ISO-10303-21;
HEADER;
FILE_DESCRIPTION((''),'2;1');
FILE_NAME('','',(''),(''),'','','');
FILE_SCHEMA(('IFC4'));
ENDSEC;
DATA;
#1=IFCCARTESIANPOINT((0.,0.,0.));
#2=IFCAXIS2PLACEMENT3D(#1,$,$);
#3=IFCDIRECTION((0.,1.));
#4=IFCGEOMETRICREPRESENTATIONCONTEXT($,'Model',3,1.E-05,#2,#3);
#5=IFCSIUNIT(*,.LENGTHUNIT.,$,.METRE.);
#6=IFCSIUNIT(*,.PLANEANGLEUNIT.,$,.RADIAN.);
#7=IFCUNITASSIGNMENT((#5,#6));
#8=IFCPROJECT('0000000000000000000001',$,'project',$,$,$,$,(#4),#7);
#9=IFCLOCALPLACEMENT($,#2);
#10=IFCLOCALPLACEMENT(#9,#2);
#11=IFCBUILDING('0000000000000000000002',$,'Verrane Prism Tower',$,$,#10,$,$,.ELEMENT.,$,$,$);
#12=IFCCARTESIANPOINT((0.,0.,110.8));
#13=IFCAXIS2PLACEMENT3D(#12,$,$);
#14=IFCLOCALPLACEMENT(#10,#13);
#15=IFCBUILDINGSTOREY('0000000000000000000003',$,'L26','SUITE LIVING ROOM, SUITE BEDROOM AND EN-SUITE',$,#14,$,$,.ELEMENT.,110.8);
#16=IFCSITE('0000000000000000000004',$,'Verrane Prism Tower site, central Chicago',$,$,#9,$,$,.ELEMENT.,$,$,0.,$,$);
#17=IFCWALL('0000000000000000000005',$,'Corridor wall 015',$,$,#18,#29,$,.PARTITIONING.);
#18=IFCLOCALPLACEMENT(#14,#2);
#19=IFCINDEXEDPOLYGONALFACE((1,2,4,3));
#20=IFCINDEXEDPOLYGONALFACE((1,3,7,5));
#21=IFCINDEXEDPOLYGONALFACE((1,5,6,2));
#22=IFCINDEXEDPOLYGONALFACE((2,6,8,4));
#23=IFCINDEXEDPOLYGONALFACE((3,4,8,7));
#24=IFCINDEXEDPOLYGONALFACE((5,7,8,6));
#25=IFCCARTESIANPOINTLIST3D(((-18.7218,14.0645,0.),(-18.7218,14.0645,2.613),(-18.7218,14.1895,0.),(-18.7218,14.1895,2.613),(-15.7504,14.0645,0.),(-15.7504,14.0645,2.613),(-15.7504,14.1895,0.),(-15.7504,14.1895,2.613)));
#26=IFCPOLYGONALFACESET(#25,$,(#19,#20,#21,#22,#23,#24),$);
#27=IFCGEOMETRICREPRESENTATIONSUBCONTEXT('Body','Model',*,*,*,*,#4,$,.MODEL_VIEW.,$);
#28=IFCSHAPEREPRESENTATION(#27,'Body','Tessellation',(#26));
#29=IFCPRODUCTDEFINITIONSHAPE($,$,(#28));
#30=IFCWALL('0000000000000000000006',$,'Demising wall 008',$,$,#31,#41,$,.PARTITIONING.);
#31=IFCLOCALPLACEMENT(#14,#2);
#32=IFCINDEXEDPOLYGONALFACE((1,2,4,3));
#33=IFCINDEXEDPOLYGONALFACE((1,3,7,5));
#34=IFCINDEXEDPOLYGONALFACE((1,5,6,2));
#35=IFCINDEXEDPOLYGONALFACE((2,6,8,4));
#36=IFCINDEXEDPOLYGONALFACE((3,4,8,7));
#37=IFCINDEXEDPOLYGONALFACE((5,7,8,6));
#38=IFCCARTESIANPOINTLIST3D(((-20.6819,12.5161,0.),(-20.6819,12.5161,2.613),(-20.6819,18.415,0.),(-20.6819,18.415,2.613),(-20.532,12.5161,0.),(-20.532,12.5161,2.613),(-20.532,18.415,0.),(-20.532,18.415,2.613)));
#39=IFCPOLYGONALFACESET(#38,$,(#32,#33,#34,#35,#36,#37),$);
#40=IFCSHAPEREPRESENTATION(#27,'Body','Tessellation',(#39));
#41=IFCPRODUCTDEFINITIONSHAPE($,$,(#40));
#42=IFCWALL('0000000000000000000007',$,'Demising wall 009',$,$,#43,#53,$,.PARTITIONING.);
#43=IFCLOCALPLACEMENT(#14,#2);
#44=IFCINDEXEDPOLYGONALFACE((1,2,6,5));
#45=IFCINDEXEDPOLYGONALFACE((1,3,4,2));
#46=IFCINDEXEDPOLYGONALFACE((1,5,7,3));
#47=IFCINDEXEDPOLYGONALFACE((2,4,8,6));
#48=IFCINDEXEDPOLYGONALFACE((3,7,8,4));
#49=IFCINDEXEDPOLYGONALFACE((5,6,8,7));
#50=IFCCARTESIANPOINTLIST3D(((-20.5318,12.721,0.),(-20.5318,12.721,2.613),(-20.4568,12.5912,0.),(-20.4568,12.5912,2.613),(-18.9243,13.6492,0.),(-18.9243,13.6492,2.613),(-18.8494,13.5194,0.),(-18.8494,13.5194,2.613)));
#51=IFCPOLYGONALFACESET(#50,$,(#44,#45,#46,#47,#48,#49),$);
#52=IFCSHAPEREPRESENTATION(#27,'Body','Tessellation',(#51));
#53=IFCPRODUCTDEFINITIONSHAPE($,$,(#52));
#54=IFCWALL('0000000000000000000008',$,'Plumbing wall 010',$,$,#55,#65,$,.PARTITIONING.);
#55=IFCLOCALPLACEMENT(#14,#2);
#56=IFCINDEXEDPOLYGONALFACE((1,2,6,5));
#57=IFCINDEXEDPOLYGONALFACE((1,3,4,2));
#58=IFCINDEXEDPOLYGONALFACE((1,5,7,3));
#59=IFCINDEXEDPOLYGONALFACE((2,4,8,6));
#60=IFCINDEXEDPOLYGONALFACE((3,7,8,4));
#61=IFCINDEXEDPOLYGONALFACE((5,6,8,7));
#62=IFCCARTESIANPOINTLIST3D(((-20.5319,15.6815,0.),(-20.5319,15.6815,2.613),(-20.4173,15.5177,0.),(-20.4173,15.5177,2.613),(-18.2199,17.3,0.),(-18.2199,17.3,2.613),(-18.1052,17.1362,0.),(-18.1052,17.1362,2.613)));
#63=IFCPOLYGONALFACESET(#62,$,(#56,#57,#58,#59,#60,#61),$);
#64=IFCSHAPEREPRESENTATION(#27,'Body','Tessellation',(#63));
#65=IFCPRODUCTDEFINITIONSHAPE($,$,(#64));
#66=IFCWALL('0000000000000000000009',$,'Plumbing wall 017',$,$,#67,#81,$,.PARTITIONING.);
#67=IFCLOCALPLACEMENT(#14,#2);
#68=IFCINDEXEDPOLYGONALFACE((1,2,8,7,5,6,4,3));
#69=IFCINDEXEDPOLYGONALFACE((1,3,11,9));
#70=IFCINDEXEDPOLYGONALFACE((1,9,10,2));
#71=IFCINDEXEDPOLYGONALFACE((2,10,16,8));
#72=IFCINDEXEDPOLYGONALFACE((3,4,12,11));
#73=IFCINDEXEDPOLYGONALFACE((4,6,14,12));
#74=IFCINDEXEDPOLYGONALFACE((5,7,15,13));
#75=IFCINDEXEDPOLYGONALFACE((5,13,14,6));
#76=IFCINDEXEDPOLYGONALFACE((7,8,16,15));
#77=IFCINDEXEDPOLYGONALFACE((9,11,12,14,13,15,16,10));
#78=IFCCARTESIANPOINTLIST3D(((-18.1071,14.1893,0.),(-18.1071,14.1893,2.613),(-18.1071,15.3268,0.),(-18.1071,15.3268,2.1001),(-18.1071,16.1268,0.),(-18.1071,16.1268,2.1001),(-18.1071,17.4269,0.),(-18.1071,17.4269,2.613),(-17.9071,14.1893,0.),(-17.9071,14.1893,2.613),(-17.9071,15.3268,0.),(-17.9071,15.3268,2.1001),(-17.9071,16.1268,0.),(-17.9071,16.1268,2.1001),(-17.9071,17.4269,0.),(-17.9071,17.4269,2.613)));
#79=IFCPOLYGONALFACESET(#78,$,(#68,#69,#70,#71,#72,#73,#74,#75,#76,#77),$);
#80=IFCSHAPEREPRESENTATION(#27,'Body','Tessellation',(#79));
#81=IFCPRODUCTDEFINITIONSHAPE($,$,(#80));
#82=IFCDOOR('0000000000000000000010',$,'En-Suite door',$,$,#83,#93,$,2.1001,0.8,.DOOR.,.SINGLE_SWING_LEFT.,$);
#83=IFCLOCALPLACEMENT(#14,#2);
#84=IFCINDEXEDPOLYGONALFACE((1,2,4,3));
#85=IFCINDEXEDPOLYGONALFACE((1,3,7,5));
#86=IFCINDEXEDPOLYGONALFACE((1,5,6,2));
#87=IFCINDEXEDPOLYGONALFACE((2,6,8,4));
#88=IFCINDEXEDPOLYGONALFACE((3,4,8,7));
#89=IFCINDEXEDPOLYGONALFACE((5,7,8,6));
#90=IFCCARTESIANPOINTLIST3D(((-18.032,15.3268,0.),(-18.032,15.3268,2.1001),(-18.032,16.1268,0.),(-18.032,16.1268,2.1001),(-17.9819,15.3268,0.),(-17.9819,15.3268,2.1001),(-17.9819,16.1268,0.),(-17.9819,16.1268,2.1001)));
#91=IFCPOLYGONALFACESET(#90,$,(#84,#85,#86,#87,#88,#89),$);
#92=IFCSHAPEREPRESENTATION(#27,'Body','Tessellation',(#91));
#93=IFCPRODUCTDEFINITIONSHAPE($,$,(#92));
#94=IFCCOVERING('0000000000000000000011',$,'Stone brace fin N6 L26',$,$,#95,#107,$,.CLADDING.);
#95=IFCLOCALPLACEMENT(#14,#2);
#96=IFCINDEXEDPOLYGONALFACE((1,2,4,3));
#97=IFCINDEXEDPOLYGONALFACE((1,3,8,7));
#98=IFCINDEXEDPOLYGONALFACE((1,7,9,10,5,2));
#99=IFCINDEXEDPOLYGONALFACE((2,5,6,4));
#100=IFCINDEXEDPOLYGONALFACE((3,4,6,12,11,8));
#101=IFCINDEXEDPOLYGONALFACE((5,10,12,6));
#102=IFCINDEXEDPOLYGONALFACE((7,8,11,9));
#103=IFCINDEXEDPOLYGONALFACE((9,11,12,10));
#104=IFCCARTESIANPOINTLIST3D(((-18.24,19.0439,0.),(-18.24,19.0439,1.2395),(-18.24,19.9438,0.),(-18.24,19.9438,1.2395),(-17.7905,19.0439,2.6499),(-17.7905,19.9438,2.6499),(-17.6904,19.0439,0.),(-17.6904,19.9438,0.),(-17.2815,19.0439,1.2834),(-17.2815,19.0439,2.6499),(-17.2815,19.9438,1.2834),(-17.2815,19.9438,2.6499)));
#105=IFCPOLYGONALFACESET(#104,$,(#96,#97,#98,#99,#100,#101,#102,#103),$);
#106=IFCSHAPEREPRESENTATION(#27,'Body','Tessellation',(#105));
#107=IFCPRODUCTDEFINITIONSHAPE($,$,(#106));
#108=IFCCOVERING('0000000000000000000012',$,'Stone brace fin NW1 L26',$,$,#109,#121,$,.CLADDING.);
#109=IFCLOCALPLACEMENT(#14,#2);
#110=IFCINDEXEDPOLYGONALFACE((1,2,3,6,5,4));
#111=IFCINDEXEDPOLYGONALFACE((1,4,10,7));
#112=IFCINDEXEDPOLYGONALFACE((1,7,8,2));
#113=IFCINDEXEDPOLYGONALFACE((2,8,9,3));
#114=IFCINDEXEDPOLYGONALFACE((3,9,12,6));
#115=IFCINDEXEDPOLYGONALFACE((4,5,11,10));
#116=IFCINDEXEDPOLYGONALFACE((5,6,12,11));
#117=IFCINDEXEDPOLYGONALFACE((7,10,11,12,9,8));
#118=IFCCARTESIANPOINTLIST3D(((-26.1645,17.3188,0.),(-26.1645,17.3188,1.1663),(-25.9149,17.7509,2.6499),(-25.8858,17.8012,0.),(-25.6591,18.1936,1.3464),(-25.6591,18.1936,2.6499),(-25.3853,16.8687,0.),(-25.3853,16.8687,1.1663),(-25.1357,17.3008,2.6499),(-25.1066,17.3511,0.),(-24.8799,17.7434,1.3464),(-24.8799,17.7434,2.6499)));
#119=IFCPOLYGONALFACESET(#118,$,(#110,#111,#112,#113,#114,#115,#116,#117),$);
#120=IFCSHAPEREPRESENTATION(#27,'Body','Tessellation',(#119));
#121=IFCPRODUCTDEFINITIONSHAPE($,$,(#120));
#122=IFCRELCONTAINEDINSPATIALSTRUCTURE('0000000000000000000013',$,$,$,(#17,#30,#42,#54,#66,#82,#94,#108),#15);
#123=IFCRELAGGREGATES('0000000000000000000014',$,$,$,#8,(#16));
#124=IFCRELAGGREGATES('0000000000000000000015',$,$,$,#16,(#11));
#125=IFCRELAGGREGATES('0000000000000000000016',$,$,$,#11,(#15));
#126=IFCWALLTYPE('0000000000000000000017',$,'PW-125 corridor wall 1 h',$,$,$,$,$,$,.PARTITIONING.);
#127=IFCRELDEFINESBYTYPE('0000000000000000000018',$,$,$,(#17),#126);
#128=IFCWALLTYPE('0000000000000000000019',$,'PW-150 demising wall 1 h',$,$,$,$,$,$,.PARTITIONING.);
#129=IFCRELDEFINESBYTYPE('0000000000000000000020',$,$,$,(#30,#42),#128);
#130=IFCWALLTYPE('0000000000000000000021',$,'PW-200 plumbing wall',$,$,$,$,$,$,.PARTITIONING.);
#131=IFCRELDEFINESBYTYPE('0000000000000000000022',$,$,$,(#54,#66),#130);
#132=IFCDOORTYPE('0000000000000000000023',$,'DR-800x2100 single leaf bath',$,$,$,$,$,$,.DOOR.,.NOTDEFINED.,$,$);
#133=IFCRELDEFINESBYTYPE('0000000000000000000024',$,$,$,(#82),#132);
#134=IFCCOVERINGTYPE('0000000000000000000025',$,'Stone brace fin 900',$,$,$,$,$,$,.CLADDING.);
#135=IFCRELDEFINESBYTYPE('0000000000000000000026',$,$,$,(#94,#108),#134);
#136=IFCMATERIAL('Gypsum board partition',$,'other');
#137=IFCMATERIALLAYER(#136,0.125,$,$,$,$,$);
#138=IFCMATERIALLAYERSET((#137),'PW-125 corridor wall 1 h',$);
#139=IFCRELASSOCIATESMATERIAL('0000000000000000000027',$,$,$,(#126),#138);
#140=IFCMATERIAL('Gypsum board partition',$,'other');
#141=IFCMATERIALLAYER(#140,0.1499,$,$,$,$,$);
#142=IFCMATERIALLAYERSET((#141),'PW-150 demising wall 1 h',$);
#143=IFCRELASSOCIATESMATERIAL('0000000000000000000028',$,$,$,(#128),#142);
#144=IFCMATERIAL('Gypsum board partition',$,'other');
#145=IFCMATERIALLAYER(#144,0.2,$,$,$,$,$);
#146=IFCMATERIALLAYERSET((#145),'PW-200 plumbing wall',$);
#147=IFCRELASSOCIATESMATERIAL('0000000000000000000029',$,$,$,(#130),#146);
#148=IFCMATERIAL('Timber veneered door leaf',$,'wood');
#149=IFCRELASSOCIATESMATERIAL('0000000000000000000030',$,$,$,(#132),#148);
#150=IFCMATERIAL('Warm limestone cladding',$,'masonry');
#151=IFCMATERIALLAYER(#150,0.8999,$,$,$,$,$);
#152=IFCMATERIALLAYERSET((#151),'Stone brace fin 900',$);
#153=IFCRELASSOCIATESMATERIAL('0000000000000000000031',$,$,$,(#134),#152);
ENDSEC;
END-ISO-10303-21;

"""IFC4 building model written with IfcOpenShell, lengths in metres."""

from ifc_helpers import new_model, si_unit, direction, frame, frame_2d, origin, place, context, subcontext, project, spatial, polyline, rectangle, outline, extrude, material, layer, layer_set, type_object, element, fill, save


model = new_model("IFC4")

# Units and contexts
model_context = context("Model", 3, precision=1e-05, world=origin(), true_north=direction((0.0, 1.0)))
body_context = subcontext(model_context, "Body", "Model", "MODEL_VIEW")
ifc_project = project(units=[si_unit("LENGTHUNIT", "METRE"), si_unit("PLANEANGLEUNIT", "RADIAN")], contexts=[model_context])

# Site, building, storey
site_placement = place(None, origin())
site = spatial("IfcSite", under=ifc_project, at=site_placement, Name="Verrane Prism Tower site, central Chicago", CompositionType="ELEMENT", RefElevation=0.0)
building_placement = place(site_placement, origin())
building = spatial("IfcBuilding", under=site, at=building_placement, Name="Verrane Prism Tower", CompositionType="ELEMENT")
storey_placement = place(building_placement, frame((0.0, 0.0, 110.8)))
storey = spatial("IfcBuildingStorey", under=building, at=storey_placement, Name="L26", Description="SUITE LIVING ROOM, SUITE BEDROOM AND EN-SUITE", CompositionType="ELEMENT", Elevation=110.8)

# Walls
ifc_material_1 = material(Name="Gypsum board partition", Category="other")
ifc_layer_1 = layer(ifc_material_1, 0.125)
ifc_layer_set_1 = layer_set([ifc_layer_1], Name="PW-125 corridor wall 1 h")
wall_type_1 = type_object("IfcWallType", Name="PW-125 corridor wall 1 h", PredefinedType="PARTITIONING", material=ifc_layer_set_1)
wall_1_placement = place(storey_placement, frame((-18.7219, 14.127, 0.0), z_axis=(0.0, 0.0, 1.0), x_axis=(1.0, 0.0, 0.0)))
element("IfcWall", 1, at=wall_1_placement, inside=storey, type_object=wall_type_1, Name="Corridor wall 015", PredefinedType="PARTITIONING", context=body_context, shape_type="SweptSolid", body=[
    extrude(rectangle(XDim=2.9714, YDim=0.125, at=frame_2d((1.4858, 0.0))), origin(), (0.0, 0.0, 1.0), 2.613),
])
ifc_material_2 = material(Name="Gypsum board partition", Category="other")
ifc_layer_2 = layer(ifc_material_2, 0.1499)
ifc_layer_set_2 = layer_set([ifc_layer_2], Name="PW-150 demising wall 1 h")
wall_type_2 = type_object("IfcWallType", Name="PW-150 demising wall 1 h", PredefinedType="PARTITIONING", material=ifc_layer_set_2)
wall_2_placement = place(storey_placement, frame((-20.6069, 12.5161, 0.0), z_axis=(0.0, 0.0, 1.0), x_axis=(0.0, 1.0, 0.0)))
element("IfcWall", 2, at=wall_2_placement, inside=storey, type_object=wall_type_2, Name="Demising wall 008", PredefinedType="PARTITIONING", context=body_context, shape_type="SweptSolid", body=[
    extrude(rectangle(XDim=5.8989, YDim=0.1499, at=frame_2d((2.9495, 0.0))), origin(), (0.0, 0.0, 1.0), 2.613),
])
wall_3_placement = place(storey_placement, frame((-20.4944, 12.656, 0.0), z_axis=(0.0, 0.0, 1.0), x_axis=(0.865984, 0.500072, 0.0)))
element("IfcWall", 3, at=wall_3_placement, inside=storey, type_object=wall_type_2, Name="Demising wall 009", PredefinedType="PARTITIONING", context=body_context, shape_type="SweptSolid", body=[
    extrude(rectangle(XDim=1.8562, YDim=0.1499, at=frame_2d((0.9282, 0.0))), origin(), (0.0, 0.0, 1.0), 2.613),
])
ifc_material_3 = material(Name="Gypsum board partition", Category="other")
ifc_layer_3 = layer(ifc_material_3, 0.2)
ifc_layer_set_3 = layer_set([ifc_layer_3], Name="PW-200 plumbing wall")
wall_type_3 = type_object("IfcWallType", Name="PW-200 plumbing wall", PredefinedType="PARTITIONING", material=ifc_layer_set_3)
wall_4_placement = place(storey_placement, frame((-20.4746, 15.5996, 0.0), z_axis=(0.0, 0.0, 1.0), x_axis=(0.819232, 0.573462, 0.0)))
element("IfcWall", 4, at=wall_4_placement, inside=storey, type_object=wall_type_3, Name="Plumbing wall 010", PredefinedType="PARTITIONING", context=body_context, shape_type="SweptSolid", body=[
    extrude(rectangle(XDim=2.8223, YDim=0.2, at=frame_2d((1.4111, 0.0))), origin(), (0.0, 0.0, 1.0), 2.613),
])

# Wall, opening, door
wall_5_placement = place(storey_placement, frame((-18.0071, 14.1895, 0.0), z_axis=(0.0, 0.0, 1.0), x_axis=(0.0, 1.0, 0.0)))
wall_5 = element("IfcWall", 5, at=wall_5_placement, inside=storey, type_object=wall_type_3, Name="Plumbing wall 017", PredefinedType="PARTITIONING", context=body_context, shape_type="SweptSolid", body=[
    extrude(rectangle(XDim=3.2375, YDim=0.2, at=frame_2d((1.6187, 0.0))), origin(), (0.0, 0.0, 1.0), 2.613),
])
opening_1_placement = place(wall_5_placement, frame((1.1375, 0.0, 0.0)))
opening_1 = element("IfcOpeningElement", 6, at=opening_1_placement, cuts=wall_5, PredefinedType="OPENING", context=body_context, shape_type="SweptSolid", body=[
    extrude(rectangle(XDim=0.8, YDim=2.1001, at=frame_2d((0.3999, 1.05))), frame((0.0, 0.1099, 0.0), z_axis=(0.0, -1.0, 0.0), x_axis=(1.0, 0.0, 0.0)), (0.0, 0.0, 1.0), 0.22),
])
ifc_material_4 = material(Name="Timber veneered door leaf", Category="wood")
door_type_1 = type_object("IfcDoorType", Name="DR-800x2100 single leaf bath", OperationType="NOTDEFINED", PredefinedType="DOOR", material=ifc_material_4)
door_1_placement = place(opening_1_placement, origin())
door_1 = element("IfcDoor", 7, at=door_1_placement, inside=storey, type_object=door_type_1, Name="En-Suite door", OperationType="SINGLE_SWING_LEFT", OverallHeight=2.1001, OverallWidth=0.8, PredefinedType="DOOR", context=body_context, shape_type="SweptSolid", body=[
    extrude(rectangle(XDim=0.8, YDim=2.1001, at=frame_2d((0.3999, 1.05))), frame((0.0, 0.0249, 0.0), z_axis=(0.0, -1.0, 0.0), x_axis=(1.0, 0.0, 0.0)), (0.0, 0.0, 1.0), 0.05),
])
fill(opening_1, door_1)

# Coverings
ifc_material_5 = material(Name="Warm limestone cladding", Category="masonry")
ifc_layer_4 = layer(ifc_material_5, 0.8999)
ifc_layer_set_4 = layer_set([ifc_layer_4], Name="Stone brace fin 900")
covering_type = type_object("IfcCoveringType", Name="Stone brace fin 900", PredefinedType="CLADDING", material=ifc_layer_set_4)
covering_1_placement = place(storey_placement, frame((-18.24, 19.4939, 0.0), z_axis=(0.0, 0.0, 1.0), x_axis=(1.0, 0.0, 0.0)))
element("IfcCovering", 8, at=covering_1_placement, inside=storey, type_object=covering_type, Name="Stone brace fin N6 L26", PredefinedType="CLADDING", context=body_context, shape_type="SweptSolid", body=[
    extrude(outline(polyline([(0.9585, 2.6499), (0.4495, 2.6499), (0.0, 1.2395), (0.0, 0.0), (0.5496, 0.0), (0.9585, 1.2834), (0.9585, 2.6499)])), frame((0.0, 0.45, 0.0), z_axis=(0.0, -1.0, 0.0), x_axis=(1.0, 0.0, 0.0)), (0.0, 0.0, 1.0), 0.8999),
])
covering_2_placement = place(storey_placement, frame((-25.7749, 17.0938, 0.0), z_axis=(0.0, 0.0, 1.0), x_axis=(0.500245, 0.865884, 0.0)))
element("IfcCovering", 9, at=covering_2_placement, inside=storey, type_object=covering_type, Name="Stone brace fin NW1 L26", PredefinedType="CLADDING", context=body_context, shape_type="SweptSolid", body=[
    extrude(outline(polyline([(1.0103, 2.6499), (0.499, 2.6499), (0.0, 1.1663), (0.0, 0.0), (0.5571, 0.0), (1.0103, 1.3464), (1.0103, 2.6499)])), frame((0.0, 0.45, 0.0), z_axis=(0.0, -1.0, 0.0), x_axis=(1.0, 0.0, 0.0)), (0.0, 0.0, 1.0), 0.8999),
])

save(model, "model.ifc")
